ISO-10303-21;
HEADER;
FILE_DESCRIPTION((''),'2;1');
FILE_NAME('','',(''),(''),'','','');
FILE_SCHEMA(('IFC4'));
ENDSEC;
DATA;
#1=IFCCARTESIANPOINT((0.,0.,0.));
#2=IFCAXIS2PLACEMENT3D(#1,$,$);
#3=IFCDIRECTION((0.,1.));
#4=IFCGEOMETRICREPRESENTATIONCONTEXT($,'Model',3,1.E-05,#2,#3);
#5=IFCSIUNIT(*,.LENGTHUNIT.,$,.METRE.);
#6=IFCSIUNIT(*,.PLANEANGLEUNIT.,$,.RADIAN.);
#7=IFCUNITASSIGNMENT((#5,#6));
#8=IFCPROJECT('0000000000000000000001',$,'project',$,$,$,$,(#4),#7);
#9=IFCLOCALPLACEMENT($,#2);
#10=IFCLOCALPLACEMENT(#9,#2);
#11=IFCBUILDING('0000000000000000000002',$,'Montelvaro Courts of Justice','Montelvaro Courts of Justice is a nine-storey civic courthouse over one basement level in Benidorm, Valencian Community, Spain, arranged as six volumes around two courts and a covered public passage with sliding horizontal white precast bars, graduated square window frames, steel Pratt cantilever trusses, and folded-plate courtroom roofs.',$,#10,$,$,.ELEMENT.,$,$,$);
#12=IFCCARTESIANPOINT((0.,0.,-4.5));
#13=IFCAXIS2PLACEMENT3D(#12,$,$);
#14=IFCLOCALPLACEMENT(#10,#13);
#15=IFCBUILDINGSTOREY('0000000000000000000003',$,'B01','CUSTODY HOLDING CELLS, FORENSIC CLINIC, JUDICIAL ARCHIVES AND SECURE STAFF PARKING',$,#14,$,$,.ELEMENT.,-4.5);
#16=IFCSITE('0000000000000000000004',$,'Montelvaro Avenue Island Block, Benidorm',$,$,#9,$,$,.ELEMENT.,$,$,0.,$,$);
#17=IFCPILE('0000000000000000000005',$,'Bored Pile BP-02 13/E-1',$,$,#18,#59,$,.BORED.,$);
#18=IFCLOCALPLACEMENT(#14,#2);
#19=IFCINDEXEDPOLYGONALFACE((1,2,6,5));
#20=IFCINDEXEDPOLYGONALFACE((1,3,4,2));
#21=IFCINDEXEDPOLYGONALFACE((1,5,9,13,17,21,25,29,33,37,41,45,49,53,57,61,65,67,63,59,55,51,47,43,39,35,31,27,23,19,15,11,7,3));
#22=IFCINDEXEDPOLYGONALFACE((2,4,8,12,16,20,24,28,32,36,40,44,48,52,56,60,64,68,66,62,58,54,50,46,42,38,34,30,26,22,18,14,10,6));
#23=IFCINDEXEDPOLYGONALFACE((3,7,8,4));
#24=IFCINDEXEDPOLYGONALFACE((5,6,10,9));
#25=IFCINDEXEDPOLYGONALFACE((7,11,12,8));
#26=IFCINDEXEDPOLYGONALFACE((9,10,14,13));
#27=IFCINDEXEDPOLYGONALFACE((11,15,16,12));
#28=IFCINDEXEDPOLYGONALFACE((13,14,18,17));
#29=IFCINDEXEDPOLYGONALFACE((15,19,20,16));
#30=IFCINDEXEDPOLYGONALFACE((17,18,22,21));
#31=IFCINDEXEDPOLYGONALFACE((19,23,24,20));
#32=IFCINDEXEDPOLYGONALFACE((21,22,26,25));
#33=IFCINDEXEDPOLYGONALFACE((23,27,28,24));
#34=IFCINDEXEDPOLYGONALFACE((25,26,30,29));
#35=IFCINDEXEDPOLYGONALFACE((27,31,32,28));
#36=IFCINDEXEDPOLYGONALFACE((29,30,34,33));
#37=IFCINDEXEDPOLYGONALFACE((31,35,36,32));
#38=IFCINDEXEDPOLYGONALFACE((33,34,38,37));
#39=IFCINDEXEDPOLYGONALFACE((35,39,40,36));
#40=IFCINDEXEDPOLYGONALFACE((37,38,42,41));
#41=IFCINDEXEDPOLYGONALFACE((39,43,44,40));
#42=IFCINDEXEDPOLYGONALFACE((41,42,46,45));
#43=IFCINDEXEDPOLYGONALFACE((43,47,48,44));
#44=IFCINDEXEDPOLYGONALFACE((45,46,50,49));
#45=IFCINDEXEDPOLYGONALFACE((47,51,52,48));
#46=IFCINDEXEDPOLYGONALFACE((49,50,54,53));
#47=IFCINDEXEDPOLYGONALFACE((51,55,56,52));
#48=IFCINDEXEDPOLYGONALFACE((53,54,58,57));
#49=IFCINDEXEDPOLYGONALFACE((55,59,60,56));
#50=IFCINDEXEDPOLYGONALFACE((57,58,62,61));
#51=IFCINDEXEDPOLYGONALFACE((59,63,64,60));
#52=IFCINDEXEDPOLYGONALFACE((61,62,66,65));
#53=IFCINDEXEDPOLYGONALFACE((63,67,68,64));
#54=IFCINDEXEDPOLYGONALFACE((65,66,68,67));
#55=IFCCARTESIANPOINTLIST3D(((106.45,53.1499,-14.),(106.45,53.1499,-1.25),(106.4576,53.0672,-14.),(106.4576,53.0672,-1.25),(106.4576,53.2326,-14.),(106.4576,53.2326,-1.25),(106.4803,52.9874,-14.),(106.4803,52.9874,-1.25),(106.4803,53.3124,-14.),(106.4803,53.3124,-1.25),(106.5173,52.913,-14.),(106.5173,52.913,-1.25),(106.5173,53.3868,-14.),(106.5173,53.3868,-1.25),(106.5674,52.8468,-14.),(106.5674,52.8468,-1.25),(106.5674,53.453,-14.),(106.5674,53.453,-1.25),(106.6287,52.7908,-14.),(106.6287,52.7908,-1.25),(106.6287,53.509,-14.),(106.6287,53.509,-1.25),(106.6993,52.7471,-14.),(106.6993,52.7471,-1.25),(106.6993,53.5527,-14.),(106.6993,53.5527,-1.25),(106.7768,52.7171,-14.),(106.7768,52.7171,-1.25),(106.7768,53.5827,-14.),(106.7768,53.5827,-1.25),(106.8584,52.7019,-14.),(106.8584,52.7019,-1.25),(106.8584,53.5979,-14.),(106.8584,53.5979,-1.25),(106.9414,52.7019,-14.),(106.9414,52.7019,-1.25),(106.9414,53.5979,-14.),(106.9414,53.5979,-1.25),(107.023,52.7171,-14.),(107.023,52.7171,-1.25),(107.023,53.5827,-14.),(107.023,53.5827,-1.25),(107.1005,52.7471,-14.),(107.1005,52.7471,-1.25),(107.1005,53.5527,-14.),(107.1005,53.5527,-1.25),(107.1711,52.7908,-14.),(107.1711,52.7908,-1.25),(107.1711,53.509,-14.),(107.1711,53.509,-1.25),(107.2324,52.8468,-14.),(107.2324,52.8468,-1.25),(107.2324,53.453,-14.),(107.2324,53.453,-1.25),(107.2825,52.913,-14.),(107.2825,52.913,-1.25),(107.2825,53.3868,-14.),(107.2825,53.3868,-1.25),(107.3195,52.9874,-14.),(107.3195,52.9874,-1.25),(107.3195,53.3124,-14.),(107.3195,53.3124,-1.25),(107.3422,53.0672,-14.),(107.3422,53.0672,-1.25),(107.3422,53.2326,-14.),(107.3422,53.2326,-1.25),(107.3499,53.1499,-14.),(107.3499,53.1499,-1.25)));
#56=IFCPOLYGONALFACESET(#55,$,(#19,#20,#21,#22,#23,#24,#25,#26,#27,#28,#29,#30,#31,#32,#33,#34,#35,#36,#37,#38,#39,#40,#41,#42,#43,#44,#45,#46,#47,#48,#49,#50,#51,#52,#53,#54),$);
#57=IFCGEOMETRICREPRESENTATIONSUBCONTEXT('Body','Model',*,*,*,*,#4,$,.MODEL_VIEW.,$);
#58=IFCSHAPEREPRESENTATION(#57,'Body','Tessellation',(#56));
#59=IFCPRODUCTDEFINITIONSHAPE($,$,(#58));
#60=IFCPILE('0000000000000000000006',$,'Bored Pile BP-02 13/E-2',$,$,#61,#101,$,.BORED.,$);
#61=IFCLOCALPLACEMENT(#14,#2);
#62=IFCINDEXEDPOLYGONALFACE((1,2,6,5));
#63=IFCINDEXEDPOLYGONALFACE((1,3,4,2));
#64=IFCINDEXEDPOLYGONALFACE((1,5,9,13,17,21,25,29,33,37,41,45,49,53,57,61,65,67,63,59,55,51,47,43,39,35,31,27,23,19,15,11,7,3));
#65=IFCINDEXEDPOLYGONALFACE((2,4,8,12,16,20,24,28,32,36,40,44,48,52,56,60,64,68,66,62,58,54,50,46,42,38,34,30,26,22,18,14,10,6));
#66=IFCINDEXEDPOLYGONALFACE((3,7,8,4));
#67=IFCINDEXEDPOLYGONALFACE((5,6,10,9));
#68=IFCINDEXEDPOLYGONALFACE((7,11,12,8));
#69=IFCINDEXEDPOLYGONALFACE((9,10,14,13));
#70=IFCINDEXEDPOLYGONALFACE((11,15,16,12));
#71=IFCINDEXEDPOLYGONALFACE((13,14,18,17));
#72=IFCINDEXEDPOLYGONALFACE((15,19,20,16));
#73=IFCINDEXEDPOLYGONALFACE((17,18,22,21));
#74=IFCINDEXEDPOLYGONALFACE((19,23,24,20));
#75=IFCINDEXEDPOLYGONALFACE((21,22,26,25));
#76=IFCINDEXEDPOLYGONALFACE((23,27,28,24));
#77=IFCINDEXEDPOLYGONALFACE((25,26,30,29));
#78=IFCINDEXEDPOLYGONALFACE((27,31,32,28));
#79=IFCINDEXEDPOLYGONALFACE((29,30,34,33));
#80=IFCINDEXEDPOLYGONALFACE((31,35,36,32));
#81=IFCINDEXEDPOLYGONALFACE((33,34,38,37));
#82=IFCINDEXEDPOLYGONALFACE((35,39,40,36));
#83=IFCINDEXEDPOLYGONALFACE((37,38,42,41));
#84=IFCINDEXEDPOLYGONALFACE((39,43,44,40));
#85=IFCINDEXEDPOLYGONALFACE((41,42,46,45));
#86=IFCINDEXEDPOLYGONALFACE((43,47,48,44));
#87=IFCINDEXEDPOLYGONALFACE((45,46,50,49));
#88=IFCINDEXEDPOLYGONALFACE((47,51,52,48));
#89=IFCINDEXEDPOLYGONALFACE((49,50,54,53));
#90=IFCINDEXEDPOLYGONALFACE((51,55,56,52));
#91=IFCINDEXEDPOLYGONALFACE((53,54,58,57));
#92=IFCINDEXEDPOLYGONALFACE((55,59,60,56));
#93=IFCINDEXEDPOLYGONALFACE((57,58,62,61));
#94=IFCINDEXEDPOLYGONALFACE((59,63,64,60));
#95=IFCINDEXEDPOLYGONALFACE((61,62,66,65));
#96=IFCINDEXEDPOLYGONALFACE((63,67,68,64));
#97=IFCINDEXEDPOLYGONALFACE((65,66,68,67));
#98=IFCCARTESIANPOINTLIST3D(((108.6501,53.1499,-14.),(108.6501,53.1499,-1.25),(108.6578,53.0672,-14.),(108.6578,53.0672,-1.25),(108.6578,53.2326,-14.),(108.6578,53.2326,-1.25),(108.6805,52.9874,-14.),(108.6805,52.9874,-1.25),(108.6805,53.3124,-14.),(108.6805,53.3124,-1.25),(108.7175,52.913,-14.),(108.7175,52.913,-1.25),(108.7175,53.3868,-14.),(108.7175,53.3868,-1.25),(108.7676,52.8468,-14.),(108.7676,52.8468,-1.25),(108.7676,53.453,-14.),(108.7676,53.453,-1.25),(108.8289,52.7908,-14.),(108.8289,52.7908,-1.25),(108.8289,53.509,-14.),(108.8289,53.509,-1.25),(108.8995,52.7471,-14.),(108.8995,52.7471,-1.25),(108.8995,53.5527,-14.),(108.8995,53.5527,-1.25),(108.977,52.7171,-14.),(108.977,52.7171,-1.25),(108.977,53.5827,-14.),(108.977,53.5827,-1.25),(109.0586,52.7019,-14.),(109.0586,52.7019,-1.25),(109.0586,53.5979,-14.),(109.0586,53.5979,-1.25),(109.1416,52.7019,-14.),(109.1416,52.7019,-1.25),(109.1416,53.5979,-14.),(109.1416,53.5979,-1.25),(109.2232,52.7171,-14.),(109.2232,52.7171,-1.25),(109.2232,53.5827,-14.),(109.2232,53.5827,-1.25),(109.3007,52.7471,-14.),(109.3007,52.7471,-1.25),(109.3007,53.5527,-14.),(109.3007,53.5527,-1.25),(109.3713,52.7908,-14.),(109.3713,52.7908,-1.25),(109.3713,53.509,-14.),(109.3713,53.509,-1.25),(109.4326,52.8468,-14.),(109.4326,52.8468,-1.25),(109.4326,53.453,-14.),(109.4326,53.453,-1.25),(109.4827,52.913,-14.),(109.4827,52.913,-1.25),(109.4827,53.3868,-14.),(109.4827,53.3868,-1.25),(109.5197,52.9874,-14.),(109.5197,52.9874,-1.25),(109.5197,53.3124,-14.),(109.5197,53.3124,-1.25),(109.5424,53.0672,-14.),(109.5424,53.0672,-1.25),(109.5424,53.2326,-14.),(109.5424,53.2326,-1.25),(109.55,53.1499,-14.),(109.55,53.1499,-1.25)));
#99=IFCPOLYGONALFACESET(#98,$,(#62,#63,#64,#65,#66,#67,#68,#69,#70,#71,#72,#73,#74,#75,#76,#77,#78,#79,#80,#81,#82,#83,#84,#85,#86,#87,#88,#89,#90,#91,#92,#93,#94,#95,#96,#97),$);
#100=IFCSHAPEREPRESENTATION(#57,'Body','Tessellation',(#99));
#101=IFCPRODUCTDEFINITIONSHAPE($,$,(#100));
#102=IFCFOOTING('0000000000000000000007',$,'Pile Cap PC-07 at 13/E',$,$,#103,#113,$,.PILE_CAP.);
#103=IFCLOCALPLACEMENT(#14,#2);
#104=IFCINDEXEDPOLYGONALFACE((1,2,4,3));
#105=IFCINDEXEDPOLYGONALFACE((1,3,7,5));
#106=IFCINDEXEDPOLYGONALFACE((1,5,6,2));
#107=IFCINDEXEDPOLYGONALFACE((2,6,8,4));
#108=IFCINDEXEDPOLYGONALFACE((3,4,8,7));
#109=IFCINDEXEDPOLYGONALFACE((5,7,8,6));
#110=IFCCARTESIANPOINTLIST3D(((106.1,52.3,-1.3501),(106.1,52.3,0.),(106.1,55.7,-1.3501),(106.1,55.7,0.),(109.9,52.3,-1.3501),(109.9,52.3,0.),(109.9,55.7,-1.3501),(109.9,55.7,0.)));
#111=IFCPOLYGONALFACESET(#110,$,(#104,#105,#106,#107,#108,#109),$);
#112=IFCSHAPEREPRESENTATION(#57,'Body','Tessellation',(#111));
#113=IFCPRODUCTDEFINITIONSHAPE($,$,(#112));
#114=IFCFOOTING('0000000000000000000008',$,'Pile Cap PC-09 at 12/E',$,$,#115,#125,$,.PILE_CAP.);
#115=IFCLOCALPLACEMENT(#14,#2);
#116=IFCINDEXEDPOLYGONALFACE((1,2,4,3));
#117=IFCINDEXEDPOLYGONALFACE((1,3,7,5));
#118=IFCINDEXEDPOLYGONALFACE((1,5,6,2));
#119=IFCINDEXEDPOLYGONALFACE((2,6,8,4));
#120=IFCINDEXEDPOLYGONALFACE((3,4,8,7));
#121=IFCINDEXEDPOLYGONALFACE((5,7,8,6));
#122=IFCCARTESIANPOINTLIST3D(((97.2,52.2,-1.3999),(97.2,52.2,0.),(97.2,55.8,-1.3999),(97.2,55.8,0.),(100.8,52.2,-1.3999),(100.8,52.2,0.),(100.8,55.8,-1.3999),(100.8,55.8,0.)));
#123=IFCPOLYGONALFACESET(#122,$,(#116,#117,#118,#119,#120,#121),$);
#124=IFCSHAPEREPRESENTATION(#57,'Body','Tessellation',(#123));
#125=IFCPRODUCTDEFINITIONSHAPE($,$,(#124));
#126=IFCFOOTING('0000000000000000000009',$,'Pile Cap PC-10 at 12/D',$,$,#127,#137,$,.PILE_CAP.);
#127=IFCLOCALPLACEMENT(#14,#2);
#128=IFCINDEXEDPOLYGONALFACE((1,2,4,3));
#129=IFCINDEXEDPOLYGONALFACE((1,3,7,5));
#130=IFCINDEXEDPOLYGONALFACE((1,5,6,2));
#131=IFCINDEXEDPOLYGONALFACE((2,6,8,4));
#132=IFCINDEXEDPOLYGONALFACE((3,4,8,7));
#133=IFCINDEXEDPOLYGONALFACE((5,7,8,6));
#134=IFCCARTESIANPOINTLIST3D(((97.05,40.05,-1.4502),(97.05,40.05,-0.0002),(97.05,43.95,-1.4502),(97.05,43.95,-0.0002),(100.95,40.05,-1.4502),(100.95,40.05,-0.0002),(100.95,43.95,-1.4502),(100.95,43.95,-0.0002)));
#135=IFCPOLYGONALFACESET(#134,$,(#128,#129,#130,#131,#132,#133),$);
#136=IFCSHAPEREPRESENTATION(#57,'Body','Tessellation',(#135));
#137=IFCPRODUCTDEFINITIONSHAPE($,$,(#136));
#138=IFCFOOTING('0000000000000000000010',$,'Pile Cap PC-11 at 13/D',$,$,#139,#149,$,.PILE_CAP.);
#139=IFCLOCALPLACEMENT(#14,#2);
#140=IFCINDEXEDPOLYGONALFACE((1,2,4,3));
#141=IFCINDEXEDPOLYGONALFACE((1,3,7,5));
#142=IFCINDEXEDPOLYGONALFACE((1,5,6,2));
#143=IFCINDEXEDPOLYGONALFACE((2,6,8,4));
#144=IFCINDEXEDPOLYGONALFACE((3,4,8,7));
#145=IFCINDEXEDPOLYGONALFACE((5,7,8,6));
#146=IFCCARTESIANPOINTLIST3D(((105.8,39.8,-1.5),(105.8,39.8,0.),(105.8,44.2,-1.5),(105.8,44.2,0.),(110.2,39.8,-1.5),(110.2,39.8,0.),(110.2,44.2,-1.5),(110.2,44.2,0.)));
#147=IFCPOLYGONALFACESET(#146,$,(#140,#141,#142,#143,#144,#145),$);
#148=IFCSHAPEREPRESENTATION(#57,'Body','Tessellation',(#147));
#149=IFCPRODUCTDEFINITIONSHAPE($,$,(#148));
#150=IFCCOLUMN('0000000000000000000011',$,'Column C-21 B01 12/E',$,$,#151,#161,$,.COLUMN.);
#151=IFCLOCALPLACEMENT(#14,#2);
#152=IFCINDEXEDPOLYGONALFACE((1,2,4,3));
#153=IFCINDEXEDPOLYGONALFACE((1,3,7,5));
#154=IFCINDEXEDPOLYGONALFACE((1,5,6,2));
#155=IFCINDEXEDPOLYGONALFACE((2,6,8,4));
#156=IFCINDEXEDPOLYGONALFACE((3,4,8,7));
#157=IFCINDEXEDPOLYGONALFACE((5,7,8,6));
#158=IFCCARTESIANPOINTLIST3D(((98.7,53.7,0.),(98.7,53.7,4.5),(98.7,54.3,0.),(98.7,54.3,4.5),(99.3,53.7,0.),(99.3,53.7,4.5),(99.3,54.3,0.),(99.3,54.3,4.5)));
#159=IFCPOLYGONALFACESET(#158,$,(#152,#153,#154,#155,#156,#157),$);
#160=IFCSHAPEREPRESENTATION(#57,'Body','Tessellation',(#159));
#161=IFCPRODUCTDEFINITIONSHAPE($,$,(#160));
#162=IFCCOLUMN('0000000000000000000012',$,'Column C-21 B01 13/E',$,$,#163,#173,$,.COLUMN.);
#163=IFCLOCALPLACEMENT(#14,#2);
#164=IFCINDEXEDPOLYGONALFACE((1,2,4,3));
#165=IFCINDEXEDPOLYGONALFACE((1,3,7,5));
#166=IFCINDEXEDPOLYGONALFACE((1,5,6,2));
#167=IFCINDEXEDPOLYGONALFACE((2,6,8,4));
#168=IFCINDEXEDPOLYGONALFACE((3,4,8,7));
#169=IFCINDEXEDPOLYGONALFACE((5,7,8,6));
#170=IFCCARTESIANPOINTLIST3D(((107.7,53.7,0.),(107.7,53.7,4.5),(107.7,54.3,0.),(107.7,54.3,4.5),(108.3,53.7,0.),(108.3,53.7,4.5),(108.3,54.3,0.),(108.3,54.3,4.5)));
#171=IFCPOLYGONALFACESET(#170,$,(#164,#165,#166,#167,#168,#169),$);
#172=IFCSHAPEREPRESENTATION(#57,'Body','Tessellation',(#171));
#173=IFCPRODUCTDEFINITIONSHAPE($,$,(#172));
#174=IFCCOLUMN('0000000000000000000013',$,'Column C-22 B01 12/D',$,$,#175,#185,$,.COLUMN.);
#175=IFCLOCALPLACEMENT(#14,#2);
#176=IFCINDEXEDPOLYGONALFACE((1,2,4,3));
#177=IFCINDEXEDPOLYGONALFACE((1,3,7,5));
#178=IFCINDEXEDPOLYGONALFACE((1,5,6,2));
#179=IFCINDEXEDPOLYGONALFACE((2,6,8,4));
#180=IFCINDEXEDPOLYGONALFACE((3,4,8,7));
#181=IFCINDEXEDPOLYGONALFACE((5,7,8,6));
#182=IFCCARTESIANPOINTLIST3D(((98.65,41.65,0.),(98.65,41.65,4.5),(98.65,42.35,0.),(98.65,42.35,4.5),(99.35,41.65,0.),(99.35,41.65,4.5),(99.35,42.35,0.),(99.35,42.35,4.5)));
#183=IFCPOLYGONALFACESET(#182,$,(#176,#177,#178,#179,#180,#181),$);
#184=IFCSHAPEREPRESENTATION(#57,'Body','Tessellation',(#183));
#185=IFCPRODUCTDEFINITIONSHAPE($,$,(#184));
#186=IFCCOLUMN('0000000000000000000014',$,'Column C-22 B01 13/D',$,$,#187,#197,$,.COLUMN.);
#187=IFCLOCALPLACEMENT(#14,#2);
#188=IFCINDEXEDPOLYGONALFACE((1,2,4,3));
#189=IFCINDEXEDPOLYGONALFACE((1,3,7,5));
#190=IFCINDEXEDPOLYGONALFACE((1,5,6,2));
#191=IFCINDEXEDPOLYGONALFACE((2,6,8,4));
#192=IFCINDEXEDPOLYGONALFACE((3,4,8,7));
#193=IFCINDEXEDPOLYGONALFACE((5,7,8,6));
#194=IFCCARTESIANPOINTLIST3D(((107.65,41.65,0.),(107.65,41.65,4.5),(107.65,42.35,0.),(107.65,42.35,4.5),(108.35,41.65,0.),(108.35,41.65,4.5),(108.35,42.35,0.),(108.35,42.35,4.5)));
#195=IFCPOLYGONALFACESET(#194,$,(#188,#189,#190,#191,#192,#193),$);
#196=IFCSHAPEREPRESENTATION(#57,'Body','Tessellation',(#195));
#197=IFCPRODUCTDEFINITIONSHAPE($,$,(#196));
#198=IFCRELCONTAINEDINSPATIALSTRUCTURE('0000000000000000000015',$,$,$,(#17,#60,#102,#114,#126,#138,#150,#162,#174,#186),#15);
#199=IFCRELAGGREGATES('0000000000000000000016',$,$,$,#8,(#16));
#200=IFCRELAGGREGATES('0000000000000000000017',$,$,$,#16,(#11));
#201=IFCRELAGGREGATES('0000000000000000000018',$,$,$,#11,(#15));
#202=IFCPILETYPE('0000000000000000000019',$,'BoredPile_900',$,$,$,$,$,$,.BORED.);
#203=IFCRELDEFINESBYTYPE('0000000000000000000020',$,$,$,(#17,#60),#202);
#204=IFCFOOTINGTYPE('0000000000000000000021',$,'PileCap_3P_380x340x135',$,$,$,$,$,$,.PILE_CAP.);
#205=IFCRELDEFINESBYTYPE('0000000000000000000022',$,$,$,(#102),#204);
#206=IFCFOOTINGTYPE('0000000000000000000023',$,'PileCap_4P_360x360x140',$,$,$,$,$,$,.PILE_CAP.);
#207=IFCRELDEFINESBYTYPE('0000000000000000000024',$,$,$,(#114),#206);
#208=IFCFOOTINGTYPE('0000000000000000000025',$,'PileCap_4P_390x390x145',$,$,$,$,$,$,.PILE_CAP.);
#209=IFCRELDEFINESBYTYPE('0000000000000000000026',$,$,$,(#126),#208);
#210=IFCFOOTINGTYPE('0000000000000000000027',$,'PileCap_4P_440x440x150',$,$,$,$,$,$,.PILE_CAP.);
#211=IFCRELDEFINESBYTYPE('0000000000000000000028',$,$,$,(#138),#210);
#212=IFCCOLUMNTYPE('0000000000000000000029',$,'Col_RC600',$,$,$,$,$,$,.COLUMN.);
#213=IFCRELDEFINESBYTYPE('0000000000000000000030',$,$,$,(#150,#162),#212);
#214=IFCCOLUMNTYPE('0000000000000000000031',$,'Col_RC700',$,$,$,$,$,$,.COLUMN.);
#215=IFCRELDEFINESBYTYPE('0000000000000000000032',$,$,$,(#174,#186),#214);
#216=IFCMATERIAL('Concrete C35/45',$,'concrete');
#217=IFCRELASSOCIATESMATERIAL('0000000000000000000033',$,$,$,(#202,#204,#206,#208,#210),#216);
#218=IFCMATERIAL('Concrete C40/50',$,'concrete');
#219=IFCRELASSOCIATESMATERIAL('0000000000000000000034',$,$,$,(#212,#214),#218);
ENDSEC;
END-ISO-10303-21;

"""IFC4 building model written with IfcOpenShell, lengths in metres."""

from ifc_helpers import new_model, si_unit, direction, frame, origin, origin_2d, place, context, subcontext, project, spatial, rectangle, circle, extrude, material, material_profile, profile_set, type_object, element, save


model = new_model("IFC4")

# Units and contexts
model_context = context("Model", 3, precision=1e-05, world=origin(), true_north=direction((0.0, 1.0)))
body_context = subcontext(model_context, "Body", "Model", "MODEL_VIEW")
ifc_project = project(units=[si_unit("LENGTHUNIT", "METRE"), si_unit("PLANEANGLEUNIT", "RADIAN")], contexts=[model_context])

# Site, building, storey
site_placement = place(None, origin())
site = spatial("IfcSite", under=ifc_project, at=site_placement, Name="Montelvaro Avenue Island Block, Benidorm", CompositionType="ELEMENT", RefElevation=0.0)
building_placement = place(site_placement, origin())
building = spatial("IfcBuilding", under=site, at=building_placement, Name="Montelvaro Courts of Justice", Description="Montelvaro Courts of Justice is a nine-storey civic courthouse over one basement level in Benidorm, Valencian Community, Spain, arranged as six volumes around two courts and a covered public passage with sliding horizontal white precast bars, graduated square window frames, steel Pratt cantilever trusses, and folded-plate courtroom roofs.", CompositionType="ELEMENT")
storey_placement = place(building_placement, frame((0.0, 0.0, -4.5)))
storey = spatial("IfcBuildingStorey", under=building, at=storey_placement, Name="B01", Description="CUSTODY HOLDING CELLS, FORENSIC CLINIC, JUDICIAL ARCHIVES AND SECURE STAFF PARKING", CompositionType="ELEMENT", Elevation=-4.5)

# Piles
ifc_material_1 = material(Name="Concrete C35/45", Category="concrete")
ifc_material_profile_1 = material_profile(ifc_material_1, circle(Radius=0.45, at=origin_2d()), Name="BORED PILE D900")
ifc_profile_set_1 = profile_set([ifc_material_profile_1], Name="Concrete C35/45")
pile_type_1 = type_object("IfcPileType", Name="BoredPile_900", PredefinedType="BORED", material=ifc_profile_set_1)
for number, where, z_axis, x_axis, name in (
    (1, (106.8999, 53.1499, -1.25), (0.0, 0.0, -1.0), (1.0, 0.0, 0.0), "Bored Pile BP-02 13/E-1"),
    (2, (109.1001, 53.1499, -1.25), (0.0, 0.0, -1.0), (1.0, 0.0, 0.0), "Bored Pile BP-02 13/E-2"),
):
    element("IfcPile", number, at=place(storey_placement, frame(where, z_axis=z_axis, x_axis=x_axis)), inside=storey, type_object=pile_type_1, Name=name, PredefinedType="BORED", context=body_context, shape_type="SweptSolid", body=[
        extrude(circle(Radius=0.45, at=origin_2d()), origin(), (0.0, 0.0, 1.0), 12.75),
    ])

# Footings
footing_type_1 = type_object("IfcFootingType", Name="PileCap_3P_380x340x135", PredefinedType="PILE_CAP", material=ifc_material_1)
footing_1_placement = place(storey_placement, frame((108.0, 54.0, -1.3501), z_axis=(0.0, 0.0, 1.0), x_axis=(1.0, 0.0, 0.0)))
element("IfcFooting", 3, at=footing_1_placement, inside=storey, type_object=footing_type_1, Name="Pile Cap PC-07 at 13/E", PredefinedType="PILE_CAP", context=body_context, shape_type="SweptSolid", body=[
    extrude(rectangle(XDim=3.8, YDim=3.3999, at=origin_2d()), origin(), (0.0, 0.0, 1.0), 1.3501),
])
footing_type_2 = type_object("IfcFootingType", Name="PileCap_4P_360x360x140", PredefinedType="PILE_CAP", material=ifc_material_1)
footing_2_placement = place(storey_placement, frame((99.0, 54.0, -1.3999), z_axis=(0.0, 0.0, 1.0), x_axis=(1.0, 0.0, 0.0)))
element("IfcFooting", 4, at=footing_2_placement, inside=storey, type_object=footing_type_2, Name="Pile Cap PC-09 at 12/E", PredefinedType="PILE_CAP", context=body_context, shape_type="SweptSolid", body=[
    extrude(rectangle(XDim=3.6001, YDim=3.6001, at=origin_2d()), origin(), (0.0, 0.0, 1.0), 1.3999),
])
footing_type_3 = type_object("IfcFootingType", Name="PileCap_4P_390x390x145", PredefinedType="PILE_CAP", material=ifc_material_1)
footing_3_placement = place(storey_placement, frame((99.0, 42.0, -1.4502), z_axis=(0.0, 0.0, 1.0), x_axis=(1.0, 0.0, 0.0)))
element("IfcFooting", 5, at=footing_3_placement, inside=storey, type_object=footing_type_3, Name="Pile Cap PC-10 at 12/D", PredefinedType="PILE_CAP", context=body_context, shape_type="SweptSolid", body=[
    extrude(rectangle(XDim=3.8999, YDim=3.8999, at=origin_2d()), origin(), (0.0, 0.0, 1.0), 1.45),
])
footing_type_4 = type_object("IfcFootingType", Name="PileCap_4P_440x440x150", PredefinedType="PILE_CAP", material=ifc_material_1)
footing_4_placement = place(storey_placement, frame((108.0, 42.0, -1.5), z_axis=(0.0, 0.0, 1.0), x_axis=(1.0, 0.0, 0.0)))
element("IfcFooting", 6, at=footing_4_placement, inside=storey, type_object=footing_type_4, Name="Pile Cap PC-11 at 13/D", PredefinedType="PILE_CAP", context=body_context, shape_type="SweptSolid", body=[
    extrude(rectangle(XDim=4.3999, YDim=4.3999, at=origin_2d()), origin(), (0.0, 0.0, 1.0), 1.5),
])

# Columns
ifc_material_2 = material(Name="Concrete C40/50", Category="concrete")
ifc_material_profile_2 = material_profile(ifc_material_2, rectangle(XDim=0.6001, YDim=0.6001, at=origin_2d()), Name="RC 600x600")
ifc_profile_set_2 = profile_set([ifc_material_profile_2], Name="Concrete C40/50")
column_type_1 = type_object("IfcColumnType", Name="Col_RC600", PredefinedType="COLUMN", material=ifc_profile_set_2)
for number, where, z_axis, x_axis, name in (
    (7, (99.0, 54.0, 0.0), (0.0, 0.0, 1.0), (1.0, 0.0, 0.0), "Column C-21 B01 12/E"),
    (8, (108.0, 54.0, 0.0), (0.0, 0.0, 1.0), (1.0, 0.0, 0.0), "Column C-21 B01 13/E"),
):
    element("IfcColumn", number, at=place(storey_placement, frame(where, z_axis=z_axis, x_axis=x_axis)), inside=storey, type_object=column_type_1, Name=name, PredefinedType="COLUMN", context=body_context, shape_type="SweptSolid", body=[
        extrude(rectangle(XDim=0.6001, YDim=0.6001, at=origin_2d()), origin(), (0.0, 0.0, 1.0), 4.5),
    ])
ifc_material_profile_3 = material_profile(ifc_material_2, rectangle(XDim=0.7, YDim=0.7, at=origin_2d()), Name="RC 700x700")
ifc_profile_set_3 = profile_set([ifc_material_profile_3], Name="Concrete C40/50")
column_type_2 = type_object("IfcColumnType", Name="Col_RC700", PredefinedType="COLUMN", material=ifc_profile_set_3)
for number, where, z_axis, x_axis, name in (
    (9, (99.0, 42.0, 0.0), (0.0, 0.0, 1.0), (1.0, 0.0, 0.0), "Column C-22 B01 12/D"),
    (10, (108.0, 42.0, 0.0), (0.0, 0.0, 1.0), (1.0, 0.0, 0.0), "Column C-22 B01 13/D"),
):
    element("IfcColumn", number, at=place(storey_placement, frame(where, z_axis=z_axis, x_axis=x_axis)), inside=storey, type_object=column_type_2, Name=name, PredefinedType="COLUMN", context=body_context, shape_type="SweptSolid", body=[
        extrude(rectangle(XDim=0.7, YDim=0.7, at=origin_2d()), origin(), (0.0, 0.0, 1.0), 4.5),
    ])

save(model, "model.ifc")
